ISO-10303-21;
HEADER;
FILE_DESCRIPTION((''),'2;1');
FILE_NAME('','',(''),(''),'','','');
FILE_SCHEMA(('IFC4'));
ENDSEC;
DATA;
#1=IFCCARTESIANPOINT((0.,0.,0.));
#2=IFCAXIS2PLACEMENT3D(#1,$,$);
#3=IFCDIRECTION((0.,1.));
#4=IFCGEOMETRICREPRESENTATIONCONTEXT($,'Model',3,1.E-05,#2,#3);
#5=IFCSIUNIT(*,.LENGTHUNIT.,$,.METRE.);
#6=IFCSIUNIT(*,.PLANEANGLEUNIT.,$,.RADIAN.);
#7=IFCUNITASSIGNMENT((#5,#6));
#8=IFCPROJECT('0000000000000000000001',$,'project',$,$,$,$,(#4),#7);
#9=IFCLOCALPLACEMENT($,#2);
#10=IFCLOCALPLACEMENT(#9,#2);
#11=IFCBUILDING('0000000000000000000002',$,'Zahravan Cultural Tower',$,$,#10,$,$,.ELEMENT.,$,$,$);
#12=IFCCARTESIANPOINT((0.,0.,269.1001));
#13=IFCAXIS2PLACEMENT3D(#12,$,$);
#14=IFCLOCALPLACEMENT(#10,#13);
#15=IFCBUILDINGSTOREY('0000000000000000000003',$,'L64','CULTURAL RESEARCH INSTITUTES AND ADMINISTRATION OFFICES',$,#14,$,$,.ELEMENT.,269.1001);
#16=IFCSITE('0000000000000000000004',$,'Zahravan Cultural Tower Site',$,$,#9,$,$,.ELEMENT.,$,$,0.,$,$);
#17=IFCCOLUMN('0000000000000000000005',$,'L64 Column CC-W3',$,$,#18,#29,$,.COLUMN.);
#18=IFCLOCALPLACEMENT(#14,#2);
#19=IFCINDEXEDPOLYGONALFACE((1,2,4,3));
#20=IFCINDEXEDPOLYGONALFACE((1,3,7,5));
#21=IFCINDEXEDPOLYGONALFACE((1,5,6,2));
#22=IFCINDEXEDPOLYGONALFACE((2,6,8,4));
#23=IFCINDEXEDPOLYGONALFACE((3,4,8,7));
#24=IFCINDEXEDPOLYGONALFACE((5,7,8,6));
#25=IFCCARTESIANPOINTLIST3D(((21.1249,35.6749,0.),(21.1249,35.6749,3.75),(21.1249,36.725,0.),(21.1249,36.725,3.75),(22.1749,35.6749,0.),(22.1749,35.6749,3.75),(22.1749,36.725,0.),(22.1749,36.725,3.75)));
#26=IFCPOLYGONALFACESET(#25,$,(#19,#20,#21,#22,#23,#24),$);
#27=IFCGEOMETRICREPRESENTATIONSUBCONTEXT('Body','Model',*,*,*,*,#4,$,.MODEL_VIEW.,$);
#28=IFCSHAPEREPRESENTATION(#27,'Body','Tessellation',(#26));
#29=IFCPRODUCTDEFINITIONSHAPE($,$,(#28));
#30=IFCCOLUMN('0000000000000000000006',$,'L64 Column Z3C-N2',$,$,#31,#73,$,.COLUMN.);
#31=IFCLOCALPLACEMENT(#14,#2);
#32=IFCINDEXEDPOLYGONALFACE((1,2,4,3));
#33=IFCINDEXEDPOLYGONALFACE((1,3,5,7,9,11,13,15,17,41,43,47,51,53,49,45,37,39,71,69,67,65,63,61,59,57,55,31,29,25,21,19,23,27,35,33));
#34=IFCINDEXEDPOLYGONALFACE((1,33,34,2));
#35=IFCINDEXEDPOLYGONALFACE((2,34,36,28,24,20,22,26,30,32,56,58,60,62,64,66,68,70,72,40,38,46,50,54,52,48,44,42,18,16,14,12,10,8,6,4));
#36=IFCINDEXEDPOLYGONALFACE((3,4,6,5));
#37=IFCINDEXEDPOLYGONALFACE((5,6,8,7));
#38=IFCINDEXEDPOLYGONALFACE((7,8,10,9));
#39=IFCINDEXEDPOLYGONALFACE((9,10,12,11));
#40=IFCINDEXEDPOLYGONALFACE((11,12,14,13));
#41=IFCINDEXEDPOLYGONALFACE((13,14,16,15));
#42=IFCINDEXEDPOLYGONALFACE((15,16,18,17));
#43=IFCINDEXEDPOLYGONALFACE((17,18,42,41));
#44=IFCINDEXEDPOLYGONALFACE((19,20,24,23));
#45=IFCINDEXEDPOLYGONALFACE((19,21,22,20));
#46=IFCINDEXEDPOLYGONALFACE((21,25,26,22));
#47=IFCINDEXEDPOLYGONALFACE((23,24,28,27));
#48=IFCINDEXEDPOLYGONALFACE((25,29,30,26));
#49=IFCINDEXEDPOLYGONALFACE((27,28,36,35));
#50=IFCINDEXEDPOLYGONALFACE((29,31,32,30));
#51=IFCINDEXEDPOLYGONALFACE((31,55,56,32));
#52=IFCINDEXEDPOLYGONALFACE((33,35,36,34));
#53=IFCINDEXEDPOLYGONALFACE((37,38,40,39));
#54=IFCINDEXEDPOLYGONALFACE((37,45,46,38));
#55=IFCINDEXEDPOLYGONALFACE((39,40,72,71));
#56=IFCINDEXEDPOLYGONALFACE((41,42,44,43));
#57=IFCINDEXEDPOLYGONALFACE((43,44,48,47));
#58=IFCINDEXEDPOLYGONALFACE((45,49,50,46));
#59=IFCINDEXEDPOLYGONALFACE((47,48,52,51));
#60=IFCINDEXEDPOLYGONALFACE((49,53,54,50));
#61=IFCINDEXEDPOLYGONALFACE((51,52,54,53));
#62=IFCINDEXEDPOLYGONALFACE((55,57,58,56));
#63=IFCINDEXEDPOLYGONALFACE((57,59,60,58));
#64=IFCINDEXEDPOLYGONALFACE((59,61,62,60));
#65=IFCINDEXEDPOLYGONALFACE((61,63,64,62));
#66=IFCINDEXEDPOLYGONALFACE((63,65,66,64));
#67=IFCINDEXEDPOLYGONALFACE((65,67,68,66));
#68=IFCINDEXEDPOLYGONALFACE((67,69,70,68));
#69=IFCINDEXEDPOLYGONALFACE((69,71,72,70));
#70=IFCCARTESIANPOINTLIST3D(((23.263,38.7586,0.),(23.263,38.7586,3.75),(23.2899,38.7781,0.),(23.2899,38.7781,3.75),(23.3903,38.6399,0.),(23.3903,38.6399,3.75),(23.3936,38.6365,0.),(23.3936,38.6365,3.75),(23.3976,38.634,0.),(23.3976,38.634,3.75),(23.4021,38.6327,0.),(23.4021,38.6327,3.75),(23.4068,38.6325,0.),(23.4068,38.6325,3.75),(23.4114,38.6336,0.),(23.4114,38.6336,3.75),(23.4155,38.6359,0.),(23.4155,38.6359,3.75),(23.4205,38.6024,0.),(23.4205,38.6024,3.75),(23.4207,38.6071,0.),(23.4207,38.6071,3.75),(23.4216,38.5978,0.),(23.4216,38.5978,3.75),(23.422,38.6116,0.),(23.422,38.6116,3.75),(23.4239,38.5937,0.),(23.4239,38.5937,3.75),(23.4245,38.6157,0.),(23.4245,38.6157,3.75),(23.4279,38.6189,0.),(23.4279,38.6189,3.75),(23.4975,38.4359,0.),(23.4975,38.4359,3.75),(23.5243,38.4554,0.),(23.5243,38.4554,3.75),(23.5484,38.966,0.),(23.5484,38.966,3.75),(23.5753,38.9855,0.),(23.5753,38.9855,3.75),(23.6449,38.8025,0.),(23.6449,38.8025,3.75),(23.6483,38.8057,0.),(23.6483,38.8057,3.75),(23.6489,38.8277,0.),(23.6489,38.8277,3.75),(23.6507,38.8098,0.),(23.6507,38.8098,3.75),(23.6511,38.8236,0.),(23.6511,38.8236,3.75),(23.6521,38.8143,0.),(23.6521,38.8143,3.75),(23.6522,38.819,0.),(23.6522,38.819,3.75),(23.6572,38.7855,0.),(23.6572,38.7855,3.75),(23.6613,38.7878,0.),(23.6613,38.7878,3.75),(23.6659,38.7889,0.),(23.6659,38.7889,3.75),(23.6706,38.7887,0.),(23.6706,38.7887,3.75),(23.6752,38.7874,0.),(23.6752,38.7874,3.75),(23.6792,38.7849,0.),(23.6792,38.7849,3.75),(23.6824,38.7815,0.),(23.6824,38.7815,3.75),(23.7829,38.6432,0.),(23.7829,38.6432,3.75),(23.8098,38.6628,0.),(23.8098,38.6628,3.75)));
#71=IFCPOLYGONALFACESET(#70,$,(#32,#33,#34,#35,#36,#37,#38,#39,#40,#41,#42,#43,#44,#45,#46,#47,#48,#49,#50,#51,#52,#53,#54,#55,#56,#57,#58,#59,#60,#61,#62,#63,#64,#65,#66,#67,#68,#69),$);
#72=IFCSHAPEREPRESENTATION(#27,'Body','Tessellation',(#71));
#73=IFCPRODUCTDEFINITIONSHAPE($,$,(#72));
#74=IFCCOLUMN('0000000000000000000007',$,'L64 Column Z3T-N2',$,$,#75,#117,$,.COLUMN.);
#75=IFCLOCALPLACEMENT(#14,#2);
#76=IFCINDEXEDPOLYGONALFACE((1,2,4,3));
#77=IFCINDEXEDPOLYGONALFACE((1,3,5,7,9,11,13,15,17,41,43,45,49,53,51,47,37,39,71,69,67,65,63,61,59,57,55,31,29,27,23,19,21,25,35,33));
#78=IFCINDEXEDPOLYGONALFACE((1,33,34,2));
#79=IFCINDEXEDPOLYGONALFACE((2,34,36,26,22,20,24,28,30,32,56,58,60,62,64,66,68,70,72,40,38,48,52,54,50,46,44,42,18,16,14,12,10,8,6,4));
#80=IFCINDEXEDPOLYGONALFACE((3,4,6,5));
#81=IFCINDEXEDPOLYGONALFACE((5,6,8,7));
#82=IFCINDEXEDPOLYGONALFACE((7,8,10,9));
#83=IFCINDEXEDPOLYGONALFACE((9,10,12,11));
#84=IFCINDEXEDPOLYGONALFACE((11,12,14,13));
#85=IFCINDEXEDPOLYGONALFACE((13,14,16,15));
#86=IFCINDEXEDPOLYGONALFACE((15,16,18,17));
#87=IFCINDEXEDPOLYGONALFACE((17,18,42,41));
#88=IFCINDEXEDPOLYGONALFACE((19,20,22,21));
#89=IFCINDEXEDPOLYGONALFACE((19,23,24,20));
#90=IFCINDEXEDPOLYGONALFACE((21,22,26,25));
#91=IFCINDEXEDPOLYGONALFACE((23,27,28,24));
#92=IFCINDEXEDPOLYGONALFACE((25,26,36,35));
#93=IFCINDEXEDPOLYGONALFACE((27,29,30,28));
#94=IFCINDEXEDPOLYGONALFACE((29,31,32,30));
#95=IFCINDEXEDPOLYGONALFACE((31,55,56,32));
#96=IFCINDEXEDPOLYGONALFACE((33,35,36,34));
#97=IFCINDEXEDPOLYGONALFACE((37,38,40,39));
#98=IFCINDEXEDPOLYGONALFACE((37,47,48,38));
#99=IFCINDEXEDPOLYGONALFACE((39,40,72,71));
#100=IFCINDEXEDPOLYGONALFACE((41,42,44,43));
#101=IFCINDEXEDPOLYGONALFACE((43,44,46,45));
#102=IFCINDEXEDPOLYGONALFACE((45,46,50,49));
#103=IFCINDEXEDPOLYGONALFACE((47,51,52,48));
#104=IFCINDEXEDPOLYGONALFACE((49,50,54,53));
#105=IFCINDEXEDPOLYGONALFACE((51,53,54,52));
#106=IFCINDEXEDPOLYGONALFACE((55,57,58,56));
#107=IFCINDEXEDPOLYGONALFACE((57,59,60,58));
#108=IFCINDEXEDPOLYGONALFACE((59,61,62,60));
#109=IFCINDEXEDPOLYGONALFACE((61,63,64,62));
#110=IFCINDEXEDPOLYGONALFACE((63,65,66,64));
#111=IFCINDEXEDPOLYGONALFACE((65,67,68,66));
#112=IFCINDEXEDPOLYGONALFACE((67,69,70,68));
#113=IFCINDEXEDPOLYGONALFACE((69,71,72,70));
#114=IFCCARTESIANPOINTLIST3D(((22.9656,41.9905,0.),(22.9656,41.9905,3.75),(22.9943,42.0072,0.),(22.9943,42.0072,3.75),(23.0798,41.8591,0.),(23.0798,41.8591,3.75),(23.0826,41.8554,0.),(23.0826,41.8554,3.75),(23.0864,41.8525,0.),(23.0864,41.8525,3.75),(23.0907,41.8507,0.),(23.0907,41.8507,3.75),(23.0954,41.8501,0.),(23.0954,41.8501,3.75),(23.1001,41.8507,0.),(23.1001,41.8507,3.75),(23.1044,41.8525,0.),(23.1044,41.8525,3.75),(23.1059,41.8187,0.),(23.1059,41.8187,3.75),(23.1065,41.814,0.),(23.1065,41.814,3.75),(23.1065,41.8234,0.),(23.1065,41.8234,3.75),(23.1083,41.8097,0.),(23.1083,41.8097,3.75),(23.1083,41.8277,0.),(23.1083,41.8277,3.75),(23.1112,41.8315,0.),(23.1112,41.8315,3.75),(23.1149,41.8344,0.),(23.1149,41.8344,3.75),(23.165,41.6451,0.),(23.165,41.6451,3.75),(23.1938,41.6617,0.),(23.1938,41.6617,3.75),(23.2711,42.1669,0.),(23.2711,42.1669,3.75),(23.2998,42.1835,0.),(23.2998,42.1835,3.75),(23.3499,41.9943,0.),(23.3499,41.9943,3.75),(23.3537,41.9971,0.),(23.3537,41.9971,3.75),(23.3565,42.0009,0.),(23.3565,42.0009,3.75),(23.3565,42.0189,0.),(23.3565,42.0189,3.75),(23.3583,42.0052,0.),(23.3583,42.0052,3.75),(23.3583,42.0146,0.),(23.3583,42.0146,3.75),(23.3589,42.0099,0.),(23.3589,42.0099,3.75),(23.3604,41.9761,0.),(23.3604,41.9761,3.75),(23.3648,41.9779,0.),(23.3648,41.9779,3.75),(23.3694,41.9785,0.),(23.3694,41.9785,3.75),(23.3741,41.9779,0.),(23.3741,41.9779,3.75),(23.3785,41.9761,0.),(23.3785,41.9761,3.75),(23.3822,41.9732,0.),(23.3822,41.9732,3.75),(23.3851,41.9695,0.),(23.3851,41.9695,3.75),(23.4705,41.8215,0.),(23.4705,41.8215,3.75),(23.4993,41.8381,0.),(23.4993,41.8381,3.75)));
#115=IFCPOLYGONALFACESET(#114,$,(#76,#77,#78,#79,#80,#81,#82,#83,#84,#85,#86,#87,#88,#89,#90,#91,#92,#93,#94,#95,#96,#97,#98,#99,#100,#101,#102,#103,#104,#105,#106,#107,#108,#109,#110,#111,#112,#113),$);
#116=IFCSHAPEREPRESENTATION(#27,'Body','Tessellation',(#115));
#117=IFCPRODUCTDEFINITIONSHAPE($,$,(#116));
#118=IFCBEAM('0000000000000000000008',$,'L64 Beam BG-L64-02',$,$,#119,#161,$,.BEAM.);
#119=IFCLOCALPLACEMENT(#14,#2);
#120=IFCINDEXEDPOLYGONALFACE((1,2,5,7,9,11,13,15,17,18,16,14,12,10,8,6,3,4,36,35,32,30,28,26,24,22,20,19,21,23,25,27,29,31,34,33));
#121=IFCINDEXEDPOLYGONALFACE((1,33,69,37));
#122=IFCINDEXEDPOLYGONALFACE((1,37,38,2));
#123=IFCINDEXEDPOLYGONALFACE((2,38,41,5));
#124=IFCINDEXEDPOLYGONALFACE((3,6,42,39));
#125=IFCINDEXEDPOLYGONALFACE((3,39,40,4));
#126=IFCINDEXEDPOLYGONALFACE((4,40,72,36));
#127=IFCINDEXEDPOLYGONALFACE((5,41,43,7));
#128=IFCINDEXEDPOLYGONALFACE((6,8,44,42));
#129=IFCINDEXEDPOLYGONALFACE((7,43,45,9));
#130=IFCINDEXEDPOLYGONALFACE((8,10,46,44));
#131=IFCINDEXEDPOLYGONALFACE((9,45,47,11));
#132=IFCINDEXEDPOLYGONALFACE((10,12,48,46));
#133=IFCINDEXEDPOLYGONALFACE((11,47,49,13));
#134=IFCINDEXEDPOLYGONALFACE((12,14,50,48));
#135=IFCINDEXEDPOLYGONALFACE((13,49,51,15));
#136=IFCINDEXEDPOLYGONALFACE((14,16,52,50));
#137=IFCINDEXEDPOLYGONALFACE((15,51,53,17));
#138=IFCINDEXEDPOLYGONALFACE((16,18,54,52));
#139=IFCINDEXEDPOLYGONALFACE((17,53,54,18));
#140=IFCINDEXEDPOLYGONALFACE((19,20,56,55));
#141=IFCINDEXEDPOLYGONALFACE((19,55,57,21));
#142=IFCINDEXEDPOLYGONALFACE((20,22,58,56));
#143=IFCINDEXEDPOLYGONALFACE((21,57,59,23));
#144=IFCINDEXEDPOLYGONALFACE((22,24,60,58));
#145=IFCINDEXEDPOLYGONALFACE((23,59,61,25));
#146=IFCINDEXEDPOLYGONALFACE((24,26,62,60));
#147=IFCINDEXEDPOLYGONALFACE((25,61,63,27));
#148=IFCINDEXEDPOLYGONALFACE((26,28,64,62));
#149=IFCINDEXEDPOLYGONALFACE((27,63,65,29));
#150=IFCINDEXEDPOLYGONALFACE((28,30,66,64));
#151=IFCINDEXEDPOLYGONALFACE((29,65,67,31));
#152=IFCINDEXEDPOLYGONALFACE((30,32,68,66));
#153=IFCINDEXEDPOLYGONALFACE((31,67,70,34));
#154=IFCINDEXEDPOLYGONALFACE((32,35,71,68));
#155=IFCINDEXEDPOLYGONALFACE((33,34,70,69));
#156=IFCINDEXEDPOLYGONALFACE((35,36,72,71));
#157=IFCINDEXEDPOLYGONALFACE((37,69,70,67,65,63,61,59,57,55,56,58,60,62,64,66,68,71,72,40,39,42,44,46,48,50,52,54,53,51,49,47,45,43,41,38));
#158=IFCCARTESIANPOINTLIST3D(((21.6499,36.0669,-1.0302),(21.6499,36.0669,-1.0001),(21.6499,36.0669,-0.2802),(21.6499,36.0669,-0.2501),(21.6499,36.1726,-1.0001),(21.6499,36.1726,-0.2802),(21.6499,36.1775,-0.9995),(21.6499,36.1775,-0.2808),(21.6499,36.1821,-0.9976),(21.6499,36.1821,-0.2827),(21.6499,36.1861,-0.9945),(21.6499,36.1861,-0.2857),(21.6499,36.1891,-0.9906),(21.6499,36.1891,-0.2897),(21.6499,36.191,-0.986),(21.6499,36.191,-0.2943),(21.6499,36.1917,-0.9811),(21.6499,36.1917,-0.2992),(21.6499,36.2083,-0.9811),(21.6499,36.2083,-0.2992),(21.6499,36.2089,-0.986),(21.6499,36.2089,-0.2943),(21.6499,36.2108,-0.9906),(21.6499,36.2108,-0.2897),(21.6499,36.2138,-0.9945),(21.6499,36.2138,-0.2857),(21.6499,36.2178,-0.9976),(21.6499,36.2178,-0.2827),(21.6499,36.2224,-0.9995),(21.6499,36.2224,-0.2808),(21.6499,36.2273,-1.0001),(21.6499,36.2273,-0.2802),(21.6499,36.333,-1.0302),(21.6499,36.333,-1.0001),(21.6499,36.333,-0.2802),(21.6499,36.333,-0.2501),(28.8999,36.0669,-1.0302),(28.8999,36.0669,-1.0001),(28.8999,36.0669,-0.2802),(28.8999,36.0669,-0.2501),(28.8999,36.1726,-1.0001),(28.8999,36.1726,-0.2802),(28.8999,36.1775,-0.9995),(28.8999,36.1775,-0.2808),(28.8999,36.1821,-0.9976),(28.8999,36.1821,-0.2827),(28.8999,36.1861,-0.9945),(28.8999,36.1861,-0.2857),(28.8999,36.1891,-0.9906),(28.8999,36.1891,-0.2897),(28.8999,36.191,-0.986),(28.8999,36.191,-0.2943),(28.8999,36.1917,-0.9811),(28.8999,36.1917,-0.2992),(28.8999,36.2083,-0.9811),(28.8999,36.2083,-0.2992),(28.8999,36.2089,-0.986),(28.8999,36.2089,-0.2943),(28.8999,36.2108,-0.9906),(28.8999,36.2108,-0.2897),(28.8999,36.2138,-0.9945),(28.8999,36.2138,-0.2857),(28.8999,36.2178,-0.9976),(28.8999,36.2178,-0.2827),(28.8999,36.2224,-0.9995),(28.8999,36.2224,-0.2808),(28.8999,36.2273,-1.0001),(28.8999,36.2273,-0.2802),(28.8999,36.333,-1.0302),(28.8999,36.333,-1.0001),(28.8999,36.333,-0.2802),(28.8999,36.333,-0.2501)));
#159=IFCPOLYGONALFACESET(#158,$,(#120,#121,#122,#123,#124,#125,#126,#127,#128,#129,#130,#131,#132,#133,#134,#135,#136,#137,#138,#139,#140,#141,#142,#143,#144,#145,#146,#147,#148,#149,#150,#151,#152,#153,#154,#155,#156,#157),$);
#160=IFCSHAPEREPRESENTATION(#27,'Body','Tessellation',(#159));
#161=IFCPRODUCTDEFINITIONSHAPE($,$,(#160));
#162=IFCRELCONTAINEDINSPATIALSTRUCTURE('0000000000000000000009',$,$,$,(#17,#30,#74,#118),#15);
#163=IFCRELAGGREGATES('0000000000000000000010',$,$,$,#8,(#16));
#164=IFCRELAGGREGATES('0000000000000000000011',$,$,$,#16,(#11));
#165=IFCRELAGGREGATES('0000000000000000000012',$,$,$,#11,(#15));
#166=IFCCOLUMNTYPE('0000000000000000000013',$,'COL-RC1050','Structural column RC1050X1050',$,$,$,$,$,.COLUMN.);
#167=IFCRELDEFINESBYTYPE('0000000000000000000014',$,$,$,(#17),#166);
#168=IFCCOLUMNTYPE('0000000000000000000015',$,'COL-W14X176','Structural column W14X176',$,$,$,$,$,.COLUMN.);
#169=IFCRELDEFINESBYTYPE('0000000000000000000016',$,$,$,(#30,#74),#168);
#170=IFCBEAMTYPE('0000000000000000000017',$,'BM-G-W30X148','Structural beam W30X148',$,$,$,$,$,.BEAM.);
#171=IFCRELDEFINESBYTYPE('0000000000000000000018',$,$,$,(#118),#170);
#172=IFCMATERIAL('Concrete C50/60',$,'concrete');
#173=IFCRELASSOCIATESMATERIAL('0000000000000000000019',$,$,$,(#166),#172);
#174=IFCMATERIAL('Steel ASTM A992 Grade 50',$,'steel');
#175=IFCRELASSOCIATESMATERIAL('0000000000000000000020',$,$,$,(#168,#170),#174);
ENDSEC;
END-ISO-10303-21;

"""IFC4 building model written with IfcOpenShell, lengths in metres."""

from ifc_helpers import new_model, si_unit, direction, frame, origin, origin_2d, place, context, subcontext, project, spatial, rectangle, i_section, extrude, source, transform, mapped, material, material_profile, profile_set, type_object, element, save


model = new_model("IFC4")

# Units and contexts
model_context = context("Model", 3, precision=1e-05, world=origin(), true_north=direction((0.0, 1.0)))
body_context = subcontext(model_context, "Body", "Model", "MODEL_VIEW")
ifc_project = project(units=[si_unit("LENGTHUNIT", "METRE"), si_unit("PLANEANGLEUNIT", "RADIAN")], contexts=[model_context])

# Site, building, storey
site_placement = place(None, origin())
site = spatial("IfcSite", under=ifc_project, at=site_placement, Name="Zahravan Cultural Tower Site", CompositionType="ELEMENT", RefElevation=0.0)
building_placement = place(site_placement, origin())
building = spatial("IfcBuilding", under=site, at=building_placement, Name="Zahravan Cultural Tower", CompositionType="ELEMENT")
storey_placement = place(building_placement, frame((0.0, 0.0, 269.1001)))
storey = spatial("IfcBuildingStorey", under=building, at=storey_placement, Name="L64", Description="CULTURAL RESEARCH INSTITUTES AND ADMINISTRATION OFFICES", CompositionType="ELEMENT", Elevation=269.1001)

# Columns
ifc_material_1 = material(Name="Concrete C50/60", Category="concrete")
ifc_material_profile_1 = material_profile(ifc_material_1, rectangle(XDim=1.05, YDim=1.05, at=origin_2d()), Name="RC1050X1050")
ifc_profile_set_1 = profile_set([ifc_material_profile_1], Name="Concrete C50/60")
column_type_1 = type_object("IfcColumnType", Name="COL-RC1050", Description="Structural column RC1050X1050", PredefinedType="COLUMN", material=ifc_profile_set_1)
shared_shape_1 = source(origin(), body_context, "Body", "SweptSolid", [
    extrude(rectangle(XDim=1.05, YDim=1.05, at=origin_2d()), origin(), (0.0, 0.0, 1.0), 3.75),
])
column_placement = place(storey_placement, frame((21.6499, 36.2, 0.0), z_axis=(0.0, 0.0, 1.0), x_axis=(1.0, 0.0, 0.0)))
element("IfcColumn", 1, at=column_placement, inside=storey, type_object=column_type_1, Name="L64 Column CC-W3", PredefinedType="COLUMN", context=body_context, shape_type="MappedRepresentation", body=[
    mapped(shared_shape_1, transform((0.0, 0.0, 0.0), x_axis=(1.0, 0.0, 0.0), y_axis=(0.0, 1.0, 0.0), z_axis=(0.0, 0.0, 1.0), scale=1.0)),
])
ifc_material_2 = material(Name="Steel ASTM A992 Grade 50", Category="steel")
ifc_material_profile_2 = material_profile(ifc_material_2, i_section(OverallWidth=0.3989, OverallDepth=0.386, WebThickness=0.021, FlangeThickness=0.0332, FilletRadius=0.0181, at=origin_2d()), Name="W14X176")
ifc_profile_set_2 = profile_set([ifc_material_profile_2], Name="Steel ASTM A992 Grade 50")
column_type_2 = type_object("IfcColumnType", Name="COL-W14X176", Description="Structural column W14X176", PredefinedType="COLUMN", material=ifc_profile_set_2)
shared_shape_2 = source(origin(), body_context, "Body", "SweptSolid", [
    extrude(i_section(OverallWidth=0.3989, OverallDepth=0.386, WebThickness=0.021, FlangeThickness=0.0332, FilletRadius=0.0181, at=origin_2d()), origin(), (0.0, 0.0, 1.0), 3.75),
])
for number, where, z_axis, x_axis, name in (
    (2, (23.5364, 38.7107, 0.0), (0.0, 0.0, 1.0), (-0.587785, 0.809017, 0.0), "L64 Column Z3C-N2"),
    (3, (23.2324, 41.9143, 0.0), (0.0, 0.0, 1.0), (-0.5, 0.866025, 0.0), "L64 Column Z3T-N2"),
):
    element("IfcColumn", number, at=place(storey_placement, frame(where, z_axis=z_axis, x_axis=x_axis)), inside=storey, type_object=column_type_2, Name=name, PredefinedType="COLUMN", context=body_context, shape_type="MappedRepresentation", body=[
        mapped(shared_shape_2, transform((0.0, 0.0, 0.0), x_axis=(1.0, 0.0, 0.0), y_axis=(0.0, 1.0, 0.0), z_axis=(0.0, 0.0, 1.0), scale=1.0)),
    ])

# Beam
ifc_material_profile_3 = material_profile(ifc_material_2, i_section(OverallWidth=0.2661, OverallDepth=0.78, WebThickness=0.0166, FlangeThickness=0.03, FilletRadius=0.019, at=origin_2d()), Name="W30X148")
ifc_profile_set_3 = profile_set([ifc_material_profile_3], Name="Steel ASTM A992 Grade 50")
beam_type_1 = type_object("IfcBeamType", Name="BM-G-W30X148", Description="Structural beam W30X148", PredefinedType="BEAM", material=ifc_profile_set_3)
shared_shape_3 = source(origin(), body_context, "Body", "SweptSolid", [
    extrude(i_section(OverallWidth=0.2661, OverallDepth=0.78, WebThickness=0.0166, FlangeThickness=0.03, FilletRadius=0.019, at=origin_2d()), origin(), (0.0, 0.0, 1.0), 7.25),
])
beam_1_placement = place(storey_placement, frame((21.6499, 36.2, -0.6401), z_axis=(1.0, 0.0, 0.0), x_axis=(0.0, 1.0, 0.0)))
element("IfcBeam", 4, at=beam_1_placement, inside=storey, type_object=beam_type_1, Name="L64 Beam BG-L64-02", PredefinedType="BEAM", context=body_context, shape_type="MappedRepresentation", body=[
    mapped(shared_shape_3, transform((0.0, 0.0, 0.0), x_axis=(1.0, 0.0, 0.0), y_axis=(0.0, 1.0, 0.0), z_axis=(0.0, 0.0, 1.0), scale=1.0)),
])

save(model, "model.ifc")
